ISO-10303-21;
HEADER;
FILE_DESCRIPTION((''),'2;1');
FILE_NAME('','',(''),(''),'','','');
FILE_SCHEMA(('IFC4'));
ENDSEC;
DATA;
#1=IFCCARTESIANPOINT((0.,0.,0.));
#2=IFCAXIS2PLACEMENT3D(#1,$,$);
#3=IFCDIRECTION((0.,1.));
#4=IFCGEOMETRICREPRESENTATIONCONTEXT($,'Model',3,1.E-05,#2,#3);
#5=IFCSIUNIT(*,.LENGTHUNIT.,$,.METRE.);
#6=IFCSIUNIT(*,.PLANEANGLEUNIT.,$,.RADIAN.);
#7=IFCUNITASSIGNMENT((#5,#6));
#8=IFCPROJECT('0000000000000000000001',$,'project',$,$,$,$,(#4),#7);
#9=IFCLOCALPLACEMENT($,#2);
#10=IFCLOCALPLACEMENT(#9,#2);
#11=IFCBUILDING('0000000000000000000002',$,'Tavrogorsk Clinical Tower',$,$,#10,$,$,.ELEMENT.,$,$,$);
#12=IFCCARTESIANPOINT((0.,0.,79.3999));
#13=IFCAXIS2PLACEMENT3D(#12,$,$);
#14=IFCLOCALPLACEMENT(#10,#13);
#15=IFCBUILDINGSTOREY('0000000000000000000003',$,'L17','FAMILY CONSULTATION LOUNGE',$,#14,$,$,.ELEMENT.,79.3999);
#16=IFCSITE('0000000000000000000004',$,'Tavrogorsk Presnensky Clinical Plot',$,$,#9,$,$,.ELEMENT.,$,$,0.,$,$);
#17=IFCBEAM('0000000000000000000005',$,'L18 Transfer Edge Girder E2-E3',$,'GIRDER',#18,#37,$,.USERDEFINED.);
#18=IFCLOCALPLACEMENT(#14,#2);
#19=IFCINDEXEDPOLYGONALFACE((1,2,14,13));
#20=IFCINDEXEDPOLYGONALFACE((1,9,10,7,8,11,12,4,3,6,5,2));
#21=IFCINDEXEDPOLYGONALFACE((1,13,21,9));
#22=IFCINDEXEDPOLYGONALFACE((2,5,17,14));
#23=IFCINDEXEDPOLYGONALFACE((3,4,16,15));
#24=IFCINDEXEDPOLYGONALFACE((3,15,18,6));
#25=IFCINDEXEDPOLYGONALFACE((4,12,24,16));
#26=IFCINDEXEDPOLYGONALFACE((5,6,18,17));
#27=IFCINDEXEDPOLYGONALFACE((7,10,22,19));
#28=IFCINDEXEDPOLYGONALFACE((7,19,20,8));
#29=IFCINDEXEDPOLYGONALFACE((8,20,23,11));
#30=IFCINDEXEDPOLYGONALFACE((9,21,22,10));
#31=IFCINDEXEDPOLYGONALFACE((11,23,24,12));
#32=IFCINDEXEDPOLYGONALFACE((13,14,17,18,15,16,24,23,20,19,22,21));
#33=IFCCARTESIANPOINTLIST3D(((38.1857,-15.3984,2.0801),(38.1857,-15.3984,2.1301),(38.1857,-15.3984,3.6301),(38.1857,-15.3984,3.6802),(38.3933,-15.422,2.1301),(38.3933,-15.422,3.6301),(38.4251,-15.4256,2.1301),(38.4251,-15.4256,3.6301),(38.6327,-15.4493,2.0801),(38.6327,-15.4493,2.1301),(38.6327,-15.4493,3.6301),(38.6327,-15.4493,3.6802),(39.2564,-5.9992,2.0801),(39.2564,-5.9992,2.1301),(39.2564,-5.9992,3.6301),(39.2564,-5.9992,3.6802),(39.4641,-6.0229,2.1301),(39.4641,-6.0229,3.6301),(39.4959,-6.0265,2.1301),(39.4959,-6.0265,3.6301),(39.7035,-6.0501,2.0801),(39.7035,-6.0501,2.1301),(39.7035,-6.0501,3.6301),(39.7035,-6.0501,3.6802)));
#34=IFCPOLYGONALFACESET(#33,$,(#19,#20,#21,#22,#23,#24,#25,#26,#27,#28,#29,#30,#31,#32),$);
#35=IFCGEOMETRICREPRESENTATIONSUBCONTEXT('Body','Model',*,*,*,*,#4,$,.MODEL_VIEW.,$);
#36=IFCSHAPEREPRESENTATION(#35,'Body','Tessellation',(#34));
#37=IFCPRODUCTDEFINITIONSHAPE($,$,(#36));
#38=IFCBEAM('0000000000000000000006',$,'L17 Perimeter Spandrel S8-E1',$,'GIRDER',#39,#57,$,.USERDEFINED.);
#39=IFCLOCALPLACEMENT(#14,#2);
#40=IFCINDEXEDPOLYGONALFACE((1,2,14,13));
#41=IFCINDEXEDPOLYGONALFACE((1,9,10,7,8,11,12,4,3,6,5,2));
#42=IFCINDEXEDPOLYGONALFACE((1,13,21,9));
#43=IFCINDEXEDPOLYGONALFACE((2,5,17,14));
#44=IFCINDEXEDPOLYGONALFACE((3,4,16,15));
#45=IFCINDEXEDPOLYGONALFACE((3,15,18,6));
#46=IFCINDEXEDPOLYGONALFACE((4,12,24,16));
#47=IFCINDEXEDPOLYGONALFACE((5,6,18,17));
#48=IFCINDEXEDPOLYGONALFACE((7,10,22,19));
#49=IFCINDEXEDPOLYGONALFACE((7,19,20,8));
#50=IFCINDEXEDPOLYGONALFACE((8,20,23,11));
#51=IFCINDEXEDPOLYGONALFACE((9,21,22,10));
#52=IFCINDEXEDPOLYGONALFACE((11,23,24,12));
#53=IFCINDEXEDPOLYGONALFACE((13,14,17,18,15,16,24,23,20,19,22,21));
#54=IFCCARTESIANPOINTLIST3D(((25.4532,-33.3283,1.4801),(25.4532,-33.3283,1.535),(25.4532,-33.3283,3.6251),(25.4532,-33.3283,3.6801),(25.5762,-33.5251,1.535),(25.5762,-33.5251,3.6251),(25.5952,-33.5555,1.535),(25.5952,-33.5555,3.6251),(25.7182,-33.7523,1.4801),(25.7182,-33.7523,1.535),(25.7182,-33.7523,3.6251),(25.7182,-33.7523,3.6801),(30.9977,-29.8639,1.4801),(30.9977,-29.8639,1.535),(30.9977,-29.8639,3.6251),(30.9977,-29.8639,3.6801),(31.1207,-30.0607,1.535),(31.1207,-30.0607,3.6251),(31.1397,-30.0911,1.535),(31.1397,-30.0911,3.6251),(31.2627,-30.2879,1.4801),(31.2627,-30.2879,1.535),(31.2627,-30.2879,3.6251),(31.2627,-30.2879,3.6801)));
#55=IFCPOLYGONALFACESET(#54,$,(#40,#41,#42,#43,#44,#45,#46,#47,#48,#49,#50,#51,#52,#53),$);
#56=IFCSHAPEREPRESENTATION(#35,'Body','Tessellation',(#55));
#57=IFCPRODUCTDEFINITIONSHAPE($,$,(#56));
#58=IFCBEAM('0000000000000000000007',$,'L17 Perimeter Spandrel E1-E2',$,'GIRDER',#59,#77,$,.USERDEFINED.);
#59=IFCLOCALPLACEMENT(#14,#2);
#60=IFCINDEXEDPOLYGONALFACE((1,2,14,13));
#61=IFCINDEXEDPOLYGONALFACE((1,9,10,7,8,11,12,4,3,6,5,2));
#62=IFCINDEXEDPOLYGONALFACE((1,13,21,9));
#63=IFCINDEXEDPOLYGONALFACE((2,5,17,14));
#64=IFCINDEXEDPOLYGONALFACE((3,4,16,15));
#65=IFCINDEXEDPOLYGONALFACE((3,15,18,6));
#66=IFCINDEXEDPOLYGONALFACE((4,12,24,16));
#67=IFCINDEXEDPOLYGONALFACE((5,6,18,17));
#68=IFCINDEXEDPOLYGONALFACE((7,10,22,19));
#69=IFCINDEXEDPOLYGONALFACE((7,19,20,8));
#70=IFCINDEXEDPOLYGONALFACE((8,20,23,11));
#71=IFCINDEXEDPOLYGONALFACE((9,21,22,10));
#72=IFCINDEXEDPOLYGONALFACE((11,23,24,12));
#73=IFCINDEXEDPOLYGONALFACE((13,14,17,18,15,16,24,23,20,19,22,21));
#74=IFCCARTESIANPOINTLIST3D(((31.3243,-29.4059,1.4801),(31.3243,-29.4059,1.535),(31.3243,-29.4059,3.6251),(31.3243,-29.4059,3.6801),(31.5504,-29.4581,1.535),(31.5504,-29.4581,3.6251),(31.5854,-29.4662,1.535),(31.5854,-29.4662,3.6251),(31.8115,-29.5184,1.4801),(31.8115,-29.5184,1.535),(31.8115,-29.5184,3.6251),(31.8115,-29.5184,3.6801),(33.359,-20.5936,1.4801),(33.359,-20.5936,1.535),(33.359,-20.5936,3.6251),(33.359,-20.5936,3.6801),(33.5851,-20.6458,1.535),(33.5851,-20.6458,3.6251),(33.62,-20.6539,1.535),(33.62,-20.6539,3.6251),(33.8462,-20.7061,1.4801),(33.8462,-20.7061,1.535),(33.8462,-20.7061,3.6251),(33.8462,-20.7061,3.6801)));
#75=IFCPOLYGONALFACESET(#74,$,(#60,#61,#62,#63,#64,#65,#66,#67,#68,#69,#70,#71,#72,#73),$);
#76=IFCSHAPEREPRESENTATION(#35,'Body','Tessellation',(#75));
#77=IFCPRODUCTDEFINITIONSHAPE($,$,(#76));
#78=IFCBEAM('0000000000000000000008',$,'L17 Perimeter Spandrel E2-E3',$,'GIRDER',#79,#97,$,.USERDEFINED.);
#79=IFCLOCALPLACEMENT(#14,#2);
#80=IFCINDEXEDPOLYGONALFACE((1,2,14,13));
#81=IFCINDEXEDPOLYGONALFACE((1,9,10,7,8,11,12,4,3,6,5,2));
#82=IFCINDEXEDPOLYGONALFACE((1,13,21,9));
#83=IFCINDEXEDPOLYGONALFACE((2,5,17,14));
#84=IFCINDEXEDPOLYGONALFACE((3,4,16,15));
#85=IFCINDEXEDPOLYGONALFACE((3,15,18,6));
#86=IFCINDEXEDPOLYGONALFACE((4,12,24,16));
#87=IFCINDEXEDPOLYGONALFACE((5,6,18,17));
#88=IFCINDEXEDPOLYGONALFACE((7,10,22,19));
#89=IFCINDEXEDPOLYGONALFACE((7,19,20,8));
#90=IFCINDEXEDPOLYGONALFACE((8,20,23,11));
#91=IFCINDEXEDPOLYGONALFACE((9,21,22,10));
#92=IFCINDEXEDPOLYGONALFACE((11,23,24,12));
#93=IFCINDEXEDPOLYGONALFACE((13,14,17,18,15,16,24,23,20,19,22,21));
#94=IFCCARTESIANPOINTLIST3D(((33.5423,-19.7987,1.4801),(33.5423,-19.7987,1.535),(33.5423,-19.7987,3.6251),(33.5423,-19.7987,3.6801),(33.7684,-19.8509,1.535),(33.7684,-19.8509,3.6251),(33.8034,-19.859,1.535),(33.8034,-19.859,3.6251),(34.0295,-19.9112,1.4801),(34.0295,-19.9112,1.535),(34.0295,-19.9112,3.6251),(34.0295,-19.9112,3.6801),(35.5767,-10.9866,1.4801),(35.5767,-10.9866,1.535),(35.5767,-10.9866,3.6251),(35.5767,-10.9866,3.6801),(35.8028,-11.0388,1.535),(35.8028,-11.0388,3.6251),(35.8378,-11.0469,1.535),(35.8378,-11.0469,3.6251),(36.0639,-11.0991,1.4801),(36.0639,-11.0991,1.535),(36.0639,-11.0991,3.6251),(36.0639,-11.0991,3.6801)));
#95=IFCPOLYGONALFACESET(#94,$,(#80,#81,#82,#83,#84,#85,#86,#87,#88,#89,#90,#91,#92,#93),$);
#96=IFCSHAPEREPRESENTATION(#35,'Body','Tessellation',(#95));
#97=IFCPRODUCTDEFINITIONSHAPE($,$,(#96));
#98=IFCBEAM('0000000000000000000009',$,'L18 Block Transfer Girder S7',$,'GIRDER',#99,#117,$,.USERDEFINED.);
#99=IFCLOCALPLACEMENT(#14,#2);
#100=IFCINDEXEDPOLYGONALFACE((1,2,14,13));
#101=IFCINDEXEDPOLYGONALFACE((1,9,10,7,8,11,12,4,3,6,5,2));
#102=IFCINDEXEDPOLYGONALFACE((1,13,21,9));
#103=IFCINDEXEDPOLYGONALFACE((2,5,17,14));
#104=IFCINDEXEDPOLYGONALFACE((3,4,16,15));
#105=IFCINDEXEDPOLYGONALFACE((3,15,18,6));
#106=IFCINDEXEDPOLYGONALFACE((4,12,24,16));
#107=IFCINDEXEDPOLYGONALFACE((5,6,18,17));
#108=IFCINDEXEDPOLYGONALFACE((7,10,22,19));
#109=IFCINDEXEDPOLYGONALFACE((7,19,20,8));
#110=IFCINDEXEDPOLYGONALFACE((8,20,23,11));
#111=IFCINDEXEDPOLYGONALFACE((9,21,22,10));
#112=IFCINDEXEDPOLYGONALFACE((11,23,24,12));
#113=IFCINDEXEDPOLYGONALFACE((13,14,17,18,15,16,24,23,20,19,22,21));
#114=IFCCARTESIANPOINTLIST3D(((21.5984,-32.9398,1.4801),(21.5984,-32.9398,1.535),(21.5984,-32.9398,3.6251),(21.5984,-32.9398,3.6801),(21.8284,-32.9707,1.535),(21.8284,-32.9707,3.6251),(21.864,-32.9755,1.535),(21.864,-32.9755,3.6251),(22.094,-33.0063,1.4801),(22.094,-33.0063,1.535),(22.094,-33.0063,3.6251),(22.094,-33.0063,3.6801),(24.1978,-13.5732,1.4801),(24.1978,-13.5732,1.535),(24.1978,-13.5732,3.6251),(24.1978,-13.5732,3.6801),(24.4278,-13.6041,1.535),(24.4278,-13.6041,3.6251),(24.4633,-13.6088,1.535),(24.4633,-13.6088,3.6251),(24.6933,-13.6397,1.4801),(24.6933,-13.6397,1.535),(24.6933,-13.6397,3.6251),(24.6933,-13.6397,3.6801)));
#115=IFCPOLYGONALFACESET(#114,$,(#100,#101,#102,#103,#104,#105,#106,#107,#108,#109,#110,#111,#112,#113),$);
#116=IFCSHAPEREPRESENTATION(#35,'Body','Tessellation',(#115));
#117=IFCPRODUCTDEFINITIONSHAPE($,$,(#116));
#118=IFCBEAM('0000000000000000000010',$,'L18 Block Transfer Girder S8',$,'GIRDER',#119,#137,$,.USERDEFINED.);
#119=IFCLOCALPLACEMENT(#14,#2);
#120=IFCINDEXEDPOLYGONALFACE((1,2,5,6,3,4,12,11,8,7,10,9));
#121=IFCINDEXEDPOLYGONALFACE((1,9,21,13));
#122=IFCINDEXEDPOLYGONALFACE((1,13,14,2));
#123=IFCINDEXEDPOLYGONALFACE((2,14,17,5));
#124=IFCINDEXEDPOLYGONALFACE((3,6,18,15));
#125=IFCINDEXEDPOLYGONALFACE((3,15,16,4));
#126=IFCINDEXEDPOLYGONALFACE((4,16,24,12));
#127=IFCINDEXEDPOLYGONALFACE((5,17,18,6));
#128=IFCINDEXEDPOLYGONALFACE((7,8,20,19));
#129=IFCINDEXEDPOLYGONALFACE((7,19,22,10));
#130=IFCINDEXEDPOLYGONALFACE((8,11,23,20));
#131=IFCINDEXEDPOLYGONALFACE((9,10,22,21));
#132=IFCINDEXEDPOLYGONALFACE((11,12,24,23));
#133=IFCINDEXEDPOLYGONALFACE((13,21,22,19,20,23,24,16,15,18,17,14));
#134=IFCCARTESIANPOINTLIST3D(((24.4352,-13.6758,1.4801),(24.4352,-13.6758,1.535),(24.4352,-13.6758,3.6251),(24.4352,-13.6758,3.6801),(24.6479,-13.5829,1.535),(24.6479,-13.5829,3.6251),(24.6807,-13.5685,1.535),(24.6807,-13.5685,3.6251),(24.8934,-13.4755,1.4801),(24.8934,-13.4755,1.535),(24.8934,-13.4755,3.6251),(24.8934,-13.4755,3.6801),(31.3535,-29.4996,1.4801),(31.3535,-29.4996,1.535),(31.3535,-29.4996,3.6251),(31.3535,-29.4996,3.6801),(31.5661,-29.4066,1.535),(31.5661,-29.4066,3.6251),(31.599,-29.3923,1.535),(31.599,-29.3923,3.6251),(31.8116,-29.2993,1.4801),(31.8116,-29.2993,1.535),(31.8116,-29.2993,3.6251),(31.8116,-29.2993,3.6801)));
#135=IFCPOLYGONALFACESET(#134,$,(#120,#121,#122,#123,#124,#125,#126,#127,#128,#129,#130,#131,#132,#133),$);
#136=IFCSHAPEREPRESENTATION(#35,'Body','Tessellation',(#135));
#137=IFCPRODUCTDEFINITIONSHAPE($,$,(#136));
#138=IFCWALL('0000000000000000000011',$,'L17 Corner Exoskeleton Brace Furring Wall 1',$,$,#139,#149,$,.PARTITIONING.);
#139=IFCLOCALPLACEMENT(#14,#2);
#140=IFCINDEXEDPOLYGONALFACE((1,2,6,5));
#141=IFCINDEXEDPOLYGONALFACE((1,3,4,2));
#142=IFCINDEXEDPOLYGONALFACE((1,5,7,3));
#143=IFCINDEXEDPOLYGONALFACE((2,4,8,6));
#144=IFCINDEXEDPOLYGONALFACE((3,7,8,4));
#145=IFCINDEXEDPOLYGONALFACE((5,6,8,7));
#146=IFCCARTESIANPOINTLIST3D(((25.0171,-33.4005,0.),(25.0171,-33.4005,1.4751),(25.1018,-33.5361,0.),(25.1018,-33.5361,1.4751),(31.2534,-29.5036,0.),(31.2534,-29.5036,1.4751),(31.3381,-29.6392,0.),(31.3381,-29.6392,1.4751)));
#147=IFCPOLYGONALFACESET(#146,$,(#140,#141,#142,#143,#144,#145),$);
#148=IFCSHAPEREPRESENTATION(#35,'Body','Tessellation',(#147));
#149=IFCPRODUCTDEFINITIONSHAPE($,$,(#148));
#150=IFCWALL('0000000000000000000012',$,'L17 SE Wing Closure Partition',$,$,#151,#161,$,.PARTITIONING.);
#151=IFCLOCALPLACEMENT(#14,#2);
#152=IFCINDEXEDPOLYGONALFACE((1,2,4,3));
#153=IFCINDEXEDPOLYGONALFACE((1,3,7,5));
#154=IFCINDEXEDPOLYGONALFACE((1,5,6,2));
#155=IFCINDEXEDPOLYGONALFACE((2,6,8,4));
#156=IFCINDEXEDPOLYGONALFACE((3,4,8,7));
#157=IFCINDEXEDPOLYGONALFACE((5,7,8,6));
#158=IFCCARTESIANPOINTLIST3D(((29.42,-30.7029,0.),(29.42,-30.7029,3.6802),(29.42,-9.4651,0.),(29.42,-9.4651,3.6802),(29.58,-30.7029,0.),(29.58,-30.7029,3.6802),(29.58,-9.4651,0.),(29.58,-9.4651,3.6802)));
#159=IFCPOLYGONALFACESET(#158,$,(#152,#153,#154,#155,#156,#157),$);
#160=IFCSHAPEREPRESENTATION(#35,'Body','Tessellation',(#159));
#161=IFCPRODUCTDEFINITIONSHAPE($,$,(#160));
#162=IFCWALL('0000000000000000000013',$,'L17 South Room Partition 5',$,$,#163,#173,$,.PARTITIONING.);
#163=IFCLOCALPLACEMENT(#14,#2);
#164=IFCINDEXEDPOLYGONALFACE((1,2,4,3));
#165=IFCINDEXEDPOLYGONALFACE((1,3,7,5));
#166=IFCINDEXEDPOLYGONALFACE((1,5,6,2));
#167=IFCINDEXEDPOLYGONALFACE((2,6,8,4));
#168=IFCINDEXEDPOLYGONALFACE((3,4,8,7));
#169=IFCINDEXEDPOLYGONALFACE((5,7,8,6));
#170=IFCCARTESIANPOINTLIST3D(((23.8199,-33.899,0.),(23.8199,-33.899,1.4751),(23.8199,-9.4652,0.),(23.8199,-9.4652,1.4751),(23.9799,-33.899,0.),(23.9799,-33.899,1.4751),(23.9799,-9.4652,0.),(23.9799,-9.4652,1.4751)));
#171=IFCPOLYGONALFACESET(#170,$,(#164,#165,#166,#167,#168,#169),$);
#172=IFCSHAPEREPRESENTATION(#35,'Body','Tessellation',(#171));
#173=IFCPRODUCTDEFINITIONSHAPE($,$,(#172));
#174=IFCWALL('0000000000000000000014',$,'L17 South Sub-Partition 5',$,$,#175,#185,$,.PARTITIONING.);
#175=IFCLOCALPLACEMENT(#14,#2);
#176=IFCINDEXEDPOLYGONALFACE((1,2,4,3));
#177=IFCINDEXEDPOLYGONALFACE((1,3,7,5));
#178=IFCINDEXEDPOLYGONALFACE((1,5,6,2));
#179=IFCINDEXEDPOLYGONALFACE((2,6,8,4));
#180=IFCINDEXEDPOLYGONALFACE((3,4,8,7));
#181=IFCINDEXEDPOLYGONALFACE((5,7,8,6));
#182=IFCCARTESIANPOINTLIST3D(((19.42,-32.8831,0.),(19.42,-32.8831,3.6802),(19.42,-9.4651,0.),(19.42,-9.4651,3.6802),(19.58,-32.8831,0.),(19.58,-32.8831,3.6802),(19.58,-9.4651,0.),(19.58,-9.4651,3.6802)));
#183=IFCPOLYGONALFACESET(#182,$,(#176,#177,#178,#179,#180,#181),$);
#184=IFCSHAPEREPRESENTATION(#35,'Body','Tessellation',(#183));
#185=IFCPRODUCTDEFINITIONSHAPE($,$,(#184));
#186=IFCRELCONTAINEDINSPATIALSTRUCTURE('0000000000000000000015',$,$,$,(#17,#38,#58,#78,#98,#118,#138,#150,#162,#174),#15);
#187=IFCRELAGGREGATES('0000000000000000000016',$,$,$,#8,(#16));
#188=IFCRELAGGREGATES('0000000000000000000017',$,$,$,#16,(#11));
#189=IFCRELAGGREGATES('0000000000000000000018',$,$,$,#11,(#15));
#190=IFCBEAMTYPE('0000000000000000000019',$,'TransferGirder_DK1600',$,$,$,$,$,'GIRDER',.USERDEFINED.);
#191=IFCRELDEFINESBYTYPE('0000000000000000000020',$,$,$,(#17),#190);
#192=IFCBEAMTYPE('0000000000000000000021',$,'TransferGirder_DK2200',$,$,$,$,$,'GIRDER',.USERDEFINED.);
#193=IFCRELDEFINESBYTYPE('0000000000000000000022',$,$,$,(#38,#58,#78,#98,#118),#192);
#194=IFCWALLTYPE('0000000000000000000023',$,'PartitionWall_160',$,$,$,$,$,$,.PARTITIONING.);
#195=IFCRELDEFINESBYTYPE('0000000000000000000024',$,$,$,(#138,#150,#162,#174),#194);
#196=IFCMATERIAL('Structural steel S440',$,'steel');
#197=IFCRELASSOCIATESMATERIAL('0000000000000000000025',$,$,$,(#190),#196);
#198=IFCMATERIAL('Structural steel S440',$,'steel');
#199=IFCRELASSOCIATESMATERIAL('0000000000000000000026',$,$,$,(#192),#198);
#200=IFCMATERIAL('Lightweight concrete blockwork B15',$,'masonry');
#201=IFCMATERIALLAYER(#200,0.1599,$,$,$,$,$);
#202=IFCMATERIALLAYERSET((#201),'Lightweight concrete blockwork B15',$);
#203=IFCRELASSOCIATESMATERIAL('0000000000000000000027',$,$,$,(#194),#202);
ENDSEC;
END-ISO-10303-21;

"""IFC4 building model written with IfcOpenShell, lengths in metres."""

from ifc_helpers import new_model, si_unit, direction, frame, frame_2d, origin, origin_2d, place, context, subcontext, project, spatial, rectangle, i_section, extrude, material, layer, layer_set, material_profile, profile_set, type_object, element, save


model = new_model("IFC4")

# Units and contexts
model_context = context("Model", 3, precision=1e-05, world=origin(), true_north=direction((0.0, 1.0)))
body_context = subcontext(model_context, "Body", "Model", "MODEL_VIEW")
ifc_project = project(units=[si_unit("LENGTHUNIT", "METRE"), si_unit("PLANEANGLEUNIT", "RADIAN")], contexts=[model_context])

# Site, building, storey
site_placement = place(None, origin())
site = spatial("IfcSite", under=ifc_project, at=site_placement, Name="Tavrogorsk Presnensky Clinical Plot", CompositionType="ELEMENT", RefElevation=0.0)
building_placement = place(site_placement, origin())
building = spatial("IfcBuilding", under=site, at=building_placement, Name="Tavrogorsk Clinical Tower", CompositionType="ELEMENT")
storey_placement = place(building_placement, frame((0.0, 0.0, 79.3999)))
storey = spatial("IfcBuildingStorey", under=building, at=storey_placement, Name="L17", Description="FAMILY CONSULTATION LOUNGE", CompositionType="ELEMENT", Elevation=79.3999)

# Beams
ifc_material_1 = material(Name="Structural steel S440", Category="steel")
ifc_material_profile_1 = material_profile(ifc_material_1, i_section(OverallWidth=0.45, OverallDepth=1.6001, WebThickness=0.032, FlangeThickness=0.05, at=origin_2d()), Name="DK-1600x450x32x50")
ifc_profile_set_1 = profile_set([ifc_material_profile_1], Name="Structural steel S440")
beam_type_1 = type_object("IfcBeamType", Name="TransferGirder_DK1600", ElementType="GIRDER", PredefinedType="USERDEFINED", material=ifc_profile_set_1)
beam_1_placement = place(storey_placement, frame((38.4092, -15.4238, 2.8801), z_axis=(0.113193, 0.993573, 0.0), x_axis=(-0.993573, 0.113193, 0.0)))
element("IfcBeam", 1, at=beam_1_placement, inside=storey, type_object=beam_type_1, Name="L18 Transfer Edge Girder E2-E3", ObjectType="GIRDER", PredefinedType="USERDEFINED", context=body_context, shape_type="SweptSolid", body=[
    extrude(i_section(OverallWidth=0.45, OverallDepth=1.6001, WebThickness=0.032, FlangeThickness=0.05, at=origin_2d()), origin(), (0.0, 0.0, 1.0), 9.46),
])
ifc_material_2 = material(Name="Structural steel S440", Category="steel")
ifc_material_profile_2 = material_profile(ifc_material_2, i_section(OverallWidth=0.5, OverallDepth=2.2, WebThickness=0.0359, FlangeThickness=0.0549, at=origin_2d()), Name="DK-2200x500x36x55")
ifc_profile_set_2 = profile_set([ifc_material_profile_2], Name="Structural steel S440")
beam_type_2 = type_object("IfcBeamType", Name="TransferGirder_DK2200", ElementType="GIRDER", PredefinedType="USERDEFINED", material=ifc_profile_set_2)
beam_2_placement = place(storey_placement, frame((25.5857, -33.5403, 2.5801), z_axis=(0.848061, 0.529898, 0.0), x_axis=(-0.529898, 0.848061, 0.0)))
element("IfcBeam", 2, at=beam_2_placement, inside=storey, type_object=beam_type_2, Name="L17 Perimeter Spandrel S8-E1", ObjectType="GIRDER", PredefinedType="USERDEFINED", context=body_context, shape_type="SweptSolid", body=[
    extrude(i_section(OverallWidth=0.5, OverallDepth=2.2, WebThickness=0.0359, FlangeThickness=0.0549, at=origin_2d()), origin(), (0.0, 0.0, 1.0), 6.5378),
])
beam_3_placement = place(storey_placement, frame((31.5679, -29.4622, 2.5801), z_axis=(0.224972, 0.974365, 0.0), x_axis=(-0.974365, 0.224972, 0.0)))
element("IfcBeam", 3, at=beam_3_placement, inside=storey, type_object=beam_type_2, Name="L17 Perimeter Spandrel E1-E2", ObjectType="GIRDER", PredefinedType="USERDEFINED", context=body_context, shape_type="SweptSolid", body=[
    extrude(i_section(OverallWidth=0.5, OverallDepth=2.2, WebThickness=0.0359, FlangeThickness=0.0549, at=origin_2d()), origin(), (0.0, 0.0, 1.0), 9.0442),
])
beam_4_placement = place(storey_placement, frame((33.7859, -19.855, 2.5801), z_axis=(0.224946, 0.974371, 0.0), x_axis=(-0.974371, 0.224946, 0.0)))
element("IfcBeam", 4, at=beam_4_placement, inside=storey, type_object=beam_type_2, Name="L17 Perimeter Spandrel E2-E3", ObjectType="GIRDER", PredefinedType="USERDEFINED", context=body_context, shape_type="SweptSolid", body=[
    extrude(i_section(OverallWidth=0.5, OverallDepth=2.2, WebThickness=0.0359, FlangeThickness=0.0549, at=origin_2d()), origin(), (0.0, 0.0, 1.0), 9.0439),
])
beam_5_placement = place(storey_placement, frame((24.4456, -13.6064, 2.5801), z_axis=(-0.133025, -0.991113, 0.0), x_axis=(0.991113, -0.133025, 0.0)))
element("IfcBeam", 5, at=beam_5_placement, inside=storey, type_object=beam_type_2, Name="L18 Block Transfer Girder S7", ObjectType="GIRDER", PredefinedType="USERDEFINED", context=body_context, shape_type="SweptSolid", body=[
    extrude(i_section(OverallWidth=0.5, OverallDepth=2.2, WebThickness=0.0359, FlangeThickness=0.0549, at=origin_2d()), origin(), (0.0, 0.0, 1.0), 19.5403),
])
beam_6_placement = place(storey_placement, frame((24.6643, -13.5757, 2.5801), z_axis=(0.400592, -0.916257, 0.0), x_axis=(0.916257, 0.400592, 0.0)))
element("IfcBeam", 6, at=beam_6_placement, inside=storey, type_object=beam_type_2, Name="L18 Block Transfer Girder S8", ObjectType="GIRDER", PredefinedType="USERDEFINED", context=body_context, shape_type="SweptSolid", body=[
    extrude(i_section(OverallWidth=0.5, OverallDepth=2.2, WebThickness=0.0359, FlangeThickness=0.0549, at=origin_2d()), origin(), (0.0, 0.0, 1.0), 17.27),
])

# Walls
ifc_material_3 = material(Name="Lightweight concrete blockwork B15", Category="masonry")
ifc_layer_1 = layer(ifc_material_3, 0.1599)
ifc_layer_set_1 = layer_set([ifc_layer_1], Name="Lightweight concrete blockwork B15")
wall_type_1 = type_object("IfcWallType", Name="PartitionWall_160", PredefinedType="PARTITIONING", material=ifc_layer_set_1)
wall_1_placement = place(storey_placement, frame((25.0596, -33.4683, 0.0), z_axis=(0.0, 0.0, 1.0), x_axis=(0.848043, 0.529927, 0.0)))
element("IfcWall", 7, at=wall_1_placement, inside=storey, type_object=wall_type_1, Name="L17 Corner Exoskeleton Brace Furring Wall 1", PredefinedType="PARTITIONING", context=body_context, shape_type="SweptSolid", body=[
    extrude(rectangle(XDim=7.3538, YDim=0.1599, at=frame_2d((3.6768, 0.0))), origin(), (0.0, 0.0, 1.0), 1.4751),
])
wall_2_placement = place(storey_placement, frame((29.5, -30.7029, 0.0), z_axis=(0.0, 0.0, 1.0), x_axis=(0.0, 1.0, 0.0)))
element("IfcWall", 8, at=wall_2_placement, inside=storey, type_object=wall_type_1, Name="L17 SE Wing Closure Partition", PredefinedType="PARTITIONING", context=body_context, shape_type="SweptSolid", body=[
    extrude(rectangle(XDim=21.2378, YDim=0.1599, at=frame_2d((10.6189, 0.0))), origin(), (0.0, 0.0, 1.0), 3.6802),
])
wall_3_placement = place(storey_placement, frame((23.8999, -33.8989, 0.0), z_axis=(0.0, 0.0, 1.0), x_axis=(0.0, 1.0, 0.0)))
element("IfcWall", 9, at=wall_3_placement, inside=storey, type_object=wall_type_1, Name="L17 South Room Partition 5", PredefinedType="PARTITIONING", context=body_context, shape_type="SweptSolid", body=[
    extrude(rectangle(XDim=24.4338, YDim=0.1599, at=frame_2d((12.2168, 0.0))), origin(), (0.0, 0.0, 1.0), 1.4751),
])
wall_4_placement = place(storey_placement, frame((19.5, -32.8831, 0.0), z_axis=(0.0, 0.0, 1.0), x_axis=(0.0, 1.0, 0.0)))
element("IfcWall", 10, at=wall_4_placement, inside=storey, type_object=wall_type_1, Name="L17 South Sub-Partition 5", PredefinedType="PARTITIONING", context=body_context, shape_type="SweptSolid", body=[
    extrude(rectangle(XDim=23.418, YDim=0.1599, at=frame_2d((11.709, 0.0))), origin(), (0.0, 0.0, 1.0), 3.6802),
])

save(model, "model.ifc")
